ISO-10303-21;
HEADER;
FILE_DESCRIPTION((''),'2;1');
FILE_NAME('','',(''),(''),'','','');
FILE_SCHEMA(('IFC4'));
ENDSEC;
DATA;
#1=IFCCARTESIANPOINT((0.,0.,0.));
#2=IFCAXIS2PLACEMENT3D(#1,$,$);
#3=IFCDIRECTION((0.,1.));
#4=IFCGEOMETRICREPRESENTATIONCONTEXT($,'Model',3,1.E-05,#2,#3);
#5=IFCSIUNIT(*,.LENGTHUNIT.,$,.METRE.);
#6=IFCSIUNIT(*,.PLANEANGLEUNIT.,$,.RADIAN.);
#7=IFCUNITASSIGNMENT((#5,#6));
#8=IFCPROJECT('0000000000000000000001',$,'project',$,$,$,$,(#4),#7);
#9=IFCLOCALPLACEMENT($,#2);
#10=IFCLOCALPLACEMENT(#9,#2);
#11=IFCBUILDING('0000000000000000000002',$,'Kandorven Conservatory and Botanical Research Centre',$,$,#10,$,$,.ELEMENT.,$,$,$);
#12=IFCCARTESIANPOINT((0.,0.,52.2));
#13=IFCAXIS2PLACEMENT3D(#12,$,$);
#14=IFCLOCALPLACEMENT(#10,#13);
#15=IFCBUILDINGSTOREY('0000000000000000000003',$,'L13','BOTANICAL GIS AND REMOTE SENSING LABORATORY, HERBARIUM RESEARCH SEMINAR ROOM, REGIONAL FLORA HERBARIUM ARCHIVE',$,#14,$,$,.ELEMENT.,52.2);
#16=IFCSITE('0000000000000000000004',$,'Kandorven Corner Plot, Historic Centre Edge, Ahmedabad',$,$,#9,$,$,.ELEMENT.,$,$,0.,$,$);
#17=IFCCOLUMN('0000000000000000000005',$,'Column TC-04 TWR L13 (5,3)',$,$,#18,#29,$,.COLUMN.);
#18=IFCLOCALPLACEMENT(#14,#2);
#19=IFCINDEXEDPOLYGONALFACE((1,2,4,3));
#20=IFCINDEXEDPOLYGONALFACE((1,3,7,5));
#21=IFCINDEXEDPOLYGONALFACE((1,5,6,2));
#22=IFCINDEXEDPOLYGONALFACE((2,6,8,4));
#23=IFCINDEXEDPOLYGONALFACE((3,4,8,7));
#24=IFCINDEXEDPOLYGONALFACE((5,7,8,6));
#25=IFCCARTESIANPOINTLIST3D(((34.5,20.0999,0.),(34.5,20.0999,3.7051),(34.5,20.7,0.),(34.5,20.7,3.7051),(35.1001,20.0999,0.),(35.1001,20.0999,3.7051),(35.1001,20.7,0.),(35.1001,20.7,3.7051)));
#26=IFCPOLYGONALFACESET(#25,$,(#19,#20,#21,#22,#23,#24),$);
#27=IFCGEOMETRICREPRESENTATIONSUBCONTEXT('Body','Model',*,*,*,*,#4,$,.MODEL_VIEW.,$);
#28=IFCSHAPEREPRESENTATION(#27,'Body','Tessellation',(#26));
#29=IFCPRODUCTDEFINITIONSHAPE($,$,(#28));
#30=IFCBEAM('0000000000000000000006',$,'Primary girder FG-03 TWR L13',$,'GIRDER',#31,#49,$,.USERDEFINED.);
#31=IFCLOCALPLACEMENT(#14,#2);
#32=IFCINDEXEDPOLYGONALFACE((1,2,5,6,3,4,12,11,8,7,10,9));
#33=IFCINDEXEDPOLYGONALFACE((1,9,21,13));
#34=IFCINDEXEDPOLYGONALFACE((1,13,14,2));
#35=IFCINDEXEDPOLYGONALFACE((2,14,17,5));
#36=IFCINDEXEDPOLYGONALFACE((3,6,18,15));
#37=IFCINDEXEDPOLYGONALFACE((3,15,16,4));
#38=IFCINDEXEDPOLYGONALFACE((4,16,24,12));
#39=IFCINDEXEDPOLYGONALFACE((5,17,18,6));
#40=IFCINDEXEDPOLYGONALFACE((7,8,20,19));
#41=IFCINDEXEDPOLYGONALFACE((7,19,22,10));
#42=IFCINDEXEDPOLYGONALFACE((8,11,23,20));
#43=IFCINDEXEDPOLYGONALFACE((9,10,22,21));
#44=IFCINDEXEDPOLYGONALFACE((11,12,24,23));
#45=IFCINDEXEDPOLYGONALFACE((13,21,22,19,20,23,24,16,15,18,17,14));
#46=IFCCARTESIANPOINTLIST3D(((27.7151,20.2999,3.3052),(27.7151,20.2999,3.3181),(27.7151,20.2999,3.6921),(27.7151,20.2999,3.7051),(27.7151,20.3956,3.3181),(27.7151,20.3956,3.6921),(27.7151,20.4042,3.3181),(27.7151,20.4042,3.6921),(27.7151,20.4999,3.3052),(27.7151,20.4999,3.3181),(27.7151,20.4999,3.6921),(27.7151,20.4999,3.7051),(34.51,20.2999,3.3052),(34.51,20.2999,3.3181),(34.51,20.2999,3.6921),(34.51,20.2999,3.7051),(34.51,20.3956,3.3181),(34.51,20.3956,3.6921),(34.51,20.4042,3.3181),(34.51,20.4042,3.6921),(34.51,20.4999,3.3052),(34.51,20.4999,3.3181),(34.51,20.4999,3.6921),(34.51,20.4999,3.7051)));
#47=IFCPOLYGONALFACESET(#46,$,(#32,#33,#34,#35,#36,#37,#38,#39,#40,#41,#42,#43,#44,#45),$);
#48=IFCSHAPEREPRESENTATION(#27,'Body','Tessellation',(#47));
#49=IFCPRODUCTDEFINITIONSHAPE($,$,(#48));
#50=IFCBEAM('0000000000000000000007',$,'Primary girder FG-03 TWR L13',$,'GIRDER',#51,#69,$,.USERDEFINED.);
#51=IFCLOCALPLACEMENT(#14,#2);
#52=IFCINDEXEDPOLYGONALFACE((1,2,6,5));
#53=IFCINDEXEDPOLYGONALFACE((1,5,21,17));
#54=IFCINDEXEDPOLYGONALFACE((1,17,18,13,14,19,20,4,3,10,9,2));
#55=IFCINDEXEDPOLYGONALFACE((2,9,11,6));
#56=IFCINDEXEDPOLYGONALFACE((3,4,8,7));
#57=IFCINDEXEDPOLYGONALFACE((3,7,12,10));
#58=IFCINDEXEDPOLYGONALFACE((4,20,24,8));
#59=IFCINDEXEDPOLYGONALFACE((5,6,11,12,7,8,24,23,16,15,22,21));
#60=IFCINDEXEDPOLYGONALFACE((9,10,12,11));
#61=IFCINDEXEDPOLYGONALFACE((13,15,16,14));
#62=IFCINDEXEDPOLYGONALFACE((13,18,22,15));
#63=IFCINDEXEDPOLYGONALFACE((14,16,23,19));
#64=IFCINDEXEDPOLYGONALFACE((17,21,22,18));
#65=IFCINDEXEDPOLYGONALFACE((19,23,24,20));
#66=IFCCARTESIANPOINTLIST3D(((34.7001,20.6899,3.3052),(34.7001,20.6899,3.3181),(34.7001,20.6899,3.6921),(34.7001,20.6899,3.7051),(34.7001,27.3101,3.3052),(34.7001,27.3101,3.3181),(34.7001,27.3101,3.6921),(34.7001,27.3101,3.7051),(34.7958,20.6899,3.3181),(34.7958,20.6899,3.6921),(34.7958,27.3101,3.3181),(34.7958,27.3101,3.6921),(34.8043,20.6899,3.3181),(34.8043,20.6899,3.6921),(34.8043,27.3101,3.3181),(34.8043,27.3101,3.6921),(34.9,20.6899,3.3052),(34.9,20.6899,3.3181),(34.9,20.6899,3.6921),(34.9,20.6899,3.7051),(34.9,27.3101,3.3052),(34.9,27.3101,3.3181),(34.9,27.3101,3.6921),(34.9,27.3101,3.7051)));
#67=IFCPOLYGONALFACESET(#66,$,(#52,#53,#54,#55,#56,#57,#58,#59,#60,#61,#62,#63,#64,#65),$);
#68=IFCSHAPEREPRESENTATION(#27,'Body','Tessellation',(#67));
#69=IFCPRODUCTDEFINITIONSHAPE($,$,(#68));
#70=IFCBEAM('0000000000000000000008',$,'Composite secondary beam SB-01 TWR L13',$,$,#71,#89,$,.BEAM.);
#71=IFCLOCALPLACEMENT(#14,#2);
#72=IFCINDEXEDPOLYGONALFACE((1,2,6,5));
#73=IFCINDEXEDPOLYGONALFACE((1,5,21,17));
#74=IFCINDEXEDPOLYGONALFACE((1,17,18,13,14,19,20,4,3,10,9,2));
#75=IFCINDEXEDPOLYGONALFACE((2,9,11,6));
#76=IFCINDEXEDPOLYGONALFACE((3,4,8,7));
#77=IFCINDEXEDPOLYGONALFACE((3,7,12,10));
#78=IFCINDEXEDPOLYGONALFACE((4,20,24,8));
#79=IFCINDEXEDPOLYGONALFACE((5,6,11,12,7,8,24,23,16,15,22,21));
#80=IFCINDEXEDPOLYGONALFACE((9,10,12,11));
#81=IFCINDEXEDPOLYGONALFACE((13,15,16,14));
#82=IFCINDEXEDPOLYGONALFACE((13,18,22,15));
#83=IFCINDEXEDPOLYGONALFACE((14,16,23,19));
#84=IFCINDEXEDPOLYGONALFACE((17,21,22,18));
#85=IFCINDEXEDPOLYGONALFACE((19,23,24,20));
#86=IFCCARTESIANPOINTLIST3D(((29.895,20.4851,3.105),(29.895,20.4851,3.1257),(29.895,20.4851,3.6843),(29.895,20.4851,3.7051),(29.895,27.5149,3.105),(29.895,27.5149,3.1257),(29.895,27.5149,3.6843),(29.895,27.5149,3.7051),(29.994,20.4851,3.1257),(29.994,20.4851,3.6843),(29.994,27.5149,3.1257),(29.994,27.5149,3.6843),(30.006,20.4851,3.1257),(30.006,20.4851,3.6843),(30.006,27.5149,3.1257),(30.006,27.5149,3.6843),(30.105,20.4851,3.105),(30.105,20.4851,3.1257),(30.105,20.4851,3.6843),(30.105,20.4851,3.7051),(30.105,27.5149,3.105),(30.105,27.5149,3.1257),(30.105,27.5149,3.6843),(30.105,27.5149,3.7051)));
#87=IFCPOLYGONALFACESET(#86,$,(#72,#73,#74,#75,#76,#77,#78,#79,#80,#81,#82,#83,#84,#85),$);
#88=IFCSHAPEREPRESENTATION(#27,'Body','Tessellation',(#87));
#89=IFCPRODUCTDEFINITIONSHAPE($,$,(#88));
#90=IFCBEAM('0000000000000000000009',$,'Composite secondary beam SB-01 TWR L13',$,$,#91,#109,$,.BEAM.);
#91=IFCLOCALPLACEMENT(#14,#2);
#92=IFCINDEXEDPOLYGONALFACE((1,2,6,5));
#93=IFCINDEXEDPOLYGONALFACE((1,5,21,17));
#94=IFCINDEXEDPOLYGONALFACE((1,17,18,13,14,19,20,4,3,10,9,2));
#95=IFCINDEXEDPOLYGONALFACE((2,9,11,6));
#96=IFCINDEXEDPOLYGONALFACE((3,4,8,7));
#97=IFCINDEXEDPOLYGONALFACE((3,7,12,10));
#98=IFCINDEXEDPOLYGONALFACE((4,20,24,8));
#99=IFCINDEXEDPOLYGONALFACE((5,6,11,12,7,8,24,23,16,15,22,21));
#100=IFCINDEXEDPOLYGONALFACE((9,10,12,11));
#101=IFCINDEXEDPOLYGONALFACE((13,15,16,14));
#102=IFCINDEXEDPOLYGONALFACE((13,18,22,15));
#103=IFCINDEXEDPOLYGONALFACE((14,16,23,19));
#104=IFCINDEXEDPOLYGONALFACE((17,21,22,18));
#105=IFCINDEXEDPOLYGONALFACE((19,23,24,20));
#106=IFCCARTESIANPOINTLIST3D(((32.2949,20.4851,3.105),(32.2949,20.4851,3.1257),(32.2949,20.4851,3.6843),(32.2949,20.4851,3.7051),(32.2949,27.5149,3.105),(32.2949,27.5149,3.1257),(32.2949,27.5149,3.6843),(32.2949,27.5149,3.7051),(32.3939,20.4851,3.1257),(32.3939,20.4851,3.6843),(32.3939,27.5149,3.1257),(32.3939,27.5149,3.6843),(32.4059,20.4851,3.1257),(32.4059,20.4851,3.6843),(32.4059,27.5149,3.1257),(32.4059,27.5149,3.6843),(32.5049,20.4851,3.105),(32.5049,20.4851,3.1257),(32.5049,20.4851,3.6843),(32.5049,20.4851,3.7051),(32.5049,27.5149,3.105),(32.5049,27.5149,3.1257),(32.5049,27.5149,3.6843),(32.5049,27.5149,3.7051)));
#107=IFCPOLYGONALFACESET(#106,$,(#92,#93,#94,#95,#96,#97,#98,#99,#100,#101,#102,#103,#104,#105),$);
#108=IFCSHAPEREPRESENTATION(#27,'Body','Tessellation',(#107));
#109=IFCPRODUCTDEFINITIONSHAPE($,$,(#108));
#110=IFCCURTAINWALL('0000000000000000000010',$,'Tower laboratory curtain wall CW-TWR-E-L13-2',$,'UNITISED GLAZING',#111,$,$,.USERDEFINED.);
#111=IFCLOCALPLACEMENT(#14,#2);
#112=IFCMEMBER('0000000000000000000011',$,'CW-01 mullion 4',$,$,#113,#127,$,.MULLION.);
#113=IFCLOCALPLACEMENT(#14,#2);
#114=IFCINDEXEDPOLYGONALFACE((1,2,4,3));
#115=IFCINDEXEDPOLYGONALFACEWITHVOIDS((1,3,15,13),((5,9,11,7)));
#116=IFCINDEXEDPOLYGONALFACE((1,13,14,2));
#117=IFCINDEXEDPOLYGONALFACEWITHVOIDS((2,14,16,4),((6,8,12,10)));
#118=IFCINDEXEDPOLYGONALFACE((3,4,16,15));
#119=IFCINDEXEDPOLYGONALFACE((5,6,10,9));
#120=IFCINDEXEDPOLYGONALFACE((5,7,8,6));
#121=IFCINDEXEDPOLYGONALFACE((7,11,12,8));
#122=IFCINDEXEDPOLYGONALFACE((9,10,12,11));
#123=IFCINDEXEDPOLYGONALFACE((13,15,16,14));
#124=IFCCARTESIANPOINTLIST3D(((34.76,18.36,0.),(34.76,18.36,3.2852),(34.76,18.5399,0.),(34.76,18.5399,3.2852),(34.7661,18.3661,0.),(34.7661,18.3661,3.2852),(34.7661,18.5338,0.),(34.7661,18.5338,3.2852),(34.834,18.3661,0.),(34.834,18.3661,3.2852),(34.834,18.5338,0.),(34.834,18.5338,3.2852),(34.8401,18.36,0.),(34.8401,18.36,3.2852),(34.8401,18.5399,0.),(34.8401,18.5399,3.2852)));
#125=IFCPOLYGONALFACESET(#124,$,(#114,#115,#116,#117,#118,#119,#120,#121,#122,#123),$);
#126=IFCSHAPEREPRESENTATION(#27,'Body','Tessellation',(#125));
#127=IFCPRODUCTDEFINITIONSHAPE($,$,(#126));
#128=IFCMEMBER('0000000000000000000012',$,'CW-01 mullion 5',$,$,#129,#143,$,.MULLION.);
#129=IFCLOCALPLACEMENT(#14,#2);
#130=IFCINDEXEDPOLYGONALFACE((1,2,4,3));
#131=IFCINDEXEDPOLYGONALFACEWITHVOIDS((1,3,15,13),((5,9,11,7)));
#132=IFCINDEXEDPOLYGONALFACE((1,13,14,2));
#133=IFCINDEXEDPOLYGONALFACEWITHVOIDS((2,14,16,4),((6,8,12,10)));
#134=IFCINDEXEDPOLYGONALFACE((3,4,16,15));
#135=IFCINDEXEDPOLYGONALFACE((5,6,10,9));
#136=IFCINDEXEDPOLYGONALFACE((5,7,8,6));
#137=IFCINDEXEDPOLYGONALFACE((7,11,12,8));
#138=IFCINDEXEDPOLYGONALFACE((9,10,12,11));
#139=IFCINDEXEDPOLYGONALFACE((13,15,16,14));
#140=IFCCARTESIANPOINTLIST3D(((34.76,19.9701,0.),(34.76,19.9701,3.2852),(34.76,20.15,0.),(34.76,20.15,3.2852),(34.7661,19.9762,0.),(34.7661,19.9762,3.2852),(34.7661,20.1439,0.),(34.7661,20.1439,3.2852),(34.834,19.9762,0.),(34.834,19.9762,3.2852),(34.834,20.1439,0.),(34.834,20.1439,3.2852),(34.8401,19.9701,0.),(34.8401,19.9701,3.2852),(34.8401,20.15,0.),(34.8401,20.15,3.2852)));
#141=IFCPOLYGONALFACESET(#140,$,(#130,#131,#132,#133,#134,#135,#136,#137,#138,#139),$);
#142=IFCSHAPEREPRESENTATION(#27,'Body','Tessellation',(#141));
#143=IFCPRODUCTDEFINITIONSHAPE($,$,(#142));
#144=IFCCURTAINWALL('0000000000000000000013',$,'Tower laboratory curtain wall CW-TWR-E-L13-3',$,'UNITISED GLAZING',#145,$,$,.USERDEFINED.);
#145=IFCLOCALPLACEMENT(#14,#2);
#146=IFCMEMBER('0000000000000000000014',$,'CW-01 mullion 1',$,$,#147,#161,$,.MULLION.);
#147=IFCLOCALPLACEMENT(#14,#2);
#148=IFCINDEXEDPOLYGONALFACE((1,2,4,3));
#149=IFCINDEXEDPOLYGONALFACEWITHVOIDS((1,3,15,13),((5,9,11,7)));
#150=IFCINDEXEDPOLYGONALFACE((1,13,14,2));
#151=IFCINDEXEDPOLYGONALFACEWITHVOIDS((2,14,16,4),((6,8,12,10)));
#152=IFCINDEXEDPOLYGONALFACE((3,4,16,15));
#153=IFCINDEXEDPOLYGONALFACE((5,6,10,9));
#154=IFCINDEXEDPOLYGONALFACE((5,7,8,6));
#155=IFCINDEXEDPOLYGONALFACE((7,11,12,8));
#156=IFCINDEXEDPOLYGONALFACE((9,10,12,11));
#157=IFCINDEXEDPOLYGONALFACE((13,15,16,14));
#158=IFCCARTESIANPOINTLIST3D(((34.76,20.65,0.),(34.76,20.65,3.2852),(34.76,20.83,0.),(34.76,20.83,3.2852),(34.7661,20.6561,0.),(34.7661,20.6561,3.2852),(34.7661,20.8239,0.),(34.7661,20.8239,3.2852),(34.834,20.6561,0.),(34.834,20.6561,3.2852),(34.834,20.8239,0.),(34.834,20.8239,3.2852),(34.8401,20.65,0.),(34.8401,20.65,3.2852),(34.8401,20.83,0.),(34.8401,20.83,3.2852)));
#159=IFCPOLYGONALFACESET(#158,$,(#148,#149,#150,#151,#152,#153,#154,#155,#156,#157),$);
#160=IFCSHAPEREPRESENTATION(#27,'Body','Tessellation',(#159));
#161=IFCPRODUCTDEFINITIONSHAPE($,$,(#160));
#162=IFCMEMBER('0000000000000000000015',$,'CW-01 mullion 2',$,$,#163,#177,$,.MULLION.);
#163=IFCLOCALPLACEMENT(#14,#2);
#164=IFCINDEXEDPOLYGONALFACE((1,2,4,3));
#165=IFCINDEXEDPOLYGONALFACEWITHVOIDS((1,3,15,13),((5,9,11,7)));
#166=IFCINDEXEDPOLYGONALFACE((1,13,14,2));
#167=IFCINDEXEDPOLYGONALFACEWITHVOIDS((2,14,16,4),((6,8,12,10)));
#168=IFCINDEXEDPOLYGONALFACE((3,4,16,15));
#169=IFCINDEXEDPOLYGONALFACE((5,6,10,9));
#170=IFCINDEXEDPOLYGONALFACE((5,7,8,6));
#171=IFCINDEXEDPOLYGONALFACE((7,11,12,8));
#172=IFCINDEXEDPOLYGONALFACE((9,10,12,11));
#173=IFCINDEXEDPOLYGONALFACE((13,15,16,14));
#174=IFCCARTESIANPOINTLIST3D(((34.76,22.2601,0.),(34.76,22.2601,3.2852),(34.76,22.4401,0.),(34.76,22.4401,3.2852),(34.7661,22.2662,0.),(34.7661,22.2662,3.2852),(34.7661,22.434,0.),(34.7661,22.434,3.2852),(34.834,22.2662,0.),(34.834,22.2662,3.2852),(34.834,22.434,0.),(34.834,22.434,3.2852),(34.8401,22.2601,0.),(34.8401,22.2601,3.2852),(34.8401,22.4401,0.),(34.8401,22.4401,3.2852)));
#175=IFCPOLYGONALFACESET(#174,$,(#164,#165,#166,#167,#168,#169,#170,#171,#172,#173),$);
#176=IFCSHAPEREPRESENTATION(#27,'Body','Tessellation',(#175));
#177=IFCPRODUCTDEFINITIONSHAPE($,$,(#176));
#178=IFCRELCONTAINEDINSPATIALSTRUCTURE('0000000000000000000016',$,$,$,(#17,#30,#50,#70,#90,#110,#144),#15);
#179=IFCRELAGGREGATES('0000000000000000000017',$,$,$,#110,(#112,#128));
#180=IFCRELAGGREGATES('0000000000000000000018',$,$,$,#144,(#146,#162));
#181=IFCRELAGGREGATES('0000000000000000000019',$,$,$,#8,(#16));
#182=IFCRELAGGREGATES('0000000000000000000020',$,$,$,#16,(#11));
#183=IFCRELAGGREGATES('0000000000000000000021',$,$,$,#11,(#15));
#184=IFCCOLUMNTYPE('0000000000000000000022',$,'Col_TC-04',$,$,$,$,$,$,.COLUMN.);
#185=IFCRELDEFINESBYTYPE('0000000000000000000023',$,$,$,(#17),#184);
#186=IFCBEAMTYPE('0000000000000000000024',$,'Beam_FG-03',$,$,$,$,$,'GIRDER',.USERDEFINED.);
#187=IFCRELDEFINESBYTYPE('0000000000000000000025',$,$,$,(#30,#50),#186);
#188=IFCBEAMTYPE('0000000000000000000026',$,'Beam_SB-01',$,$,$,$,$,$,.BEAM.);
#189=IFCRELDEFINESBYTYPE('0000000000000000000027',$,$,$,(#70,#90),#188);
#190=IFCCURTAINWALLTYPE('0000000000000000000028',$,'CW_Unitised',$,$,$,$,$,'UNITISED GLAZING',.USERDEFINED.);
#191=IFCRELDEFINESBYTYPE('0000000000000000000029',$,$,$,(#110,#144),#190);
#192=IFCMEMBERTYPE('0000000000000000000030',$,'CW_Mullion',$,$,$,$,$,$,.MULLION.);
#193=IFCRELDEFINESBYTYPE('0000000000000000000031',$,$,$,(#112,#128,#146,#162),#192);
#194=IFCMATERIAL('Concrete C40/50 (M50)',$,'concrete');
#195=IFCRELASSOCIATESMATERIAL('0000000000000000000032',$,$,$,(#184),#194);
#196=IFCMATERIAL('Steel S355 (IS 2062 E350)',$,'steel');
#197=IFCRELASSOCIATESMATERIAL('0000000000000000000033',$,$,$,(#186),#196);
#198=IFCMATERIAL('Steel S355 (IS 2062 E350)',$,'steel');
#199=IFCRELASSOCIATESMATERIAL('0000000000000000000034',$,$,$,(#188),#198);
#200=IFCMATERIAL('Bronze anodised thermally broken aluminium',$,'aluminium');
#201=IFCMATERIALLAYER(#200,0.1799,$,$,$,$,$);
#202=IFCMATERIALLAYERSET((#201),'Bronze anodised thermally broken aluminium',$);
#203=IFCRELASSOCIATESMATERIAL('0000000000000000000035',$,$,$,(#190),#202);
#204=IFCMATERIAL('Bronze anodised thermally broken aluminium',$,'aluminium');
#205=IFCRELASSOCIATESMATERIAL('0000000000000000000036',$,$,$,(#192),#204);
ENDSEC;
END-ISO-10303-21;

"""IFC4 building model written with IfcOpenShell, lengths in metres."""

from ifc_helpers import new_model, si_unit, direction, frame, origin, origin_2d, place, context, subcontext, project, spatial, rectangle, hollow_rectangle, i_section, extrude, material, layer, layer_set, material_profile, profile_set, type_object, element, aggregate, save


model = new_model("IFC4")

# Units and contexts
model_context = context("Model", 3, precision=1e-05, world=origin(), true_north=direction((0.0, 1.0)))
body_context = subcontext(model_context, "Body", "Model", "MODEL_VIEW")
ifc_project = project(units=[si_unit("LENGTHUNIT", "METRE"), si_unit("PLANEANGLEUNIT", "RADIAN")], contexts=[model_context])

# Site, building, storey
site_placement = place(None, origin())
site = spatial("IfcSite", under=ifc_project, at=site_placement, Name="Kandorven Corner Plot, Historic Centre Edge, Ahmedabad", CompositionType="ELEMENT", RefElevation=0.0)
building_placement = place(site_placement, origin())
building = spatial("IfcBuilding", under=site, at=building_placement, Name="Kandorven Conservatory and Botanical Research Centre", CompositionType="ELEMENT")
storey_placement = place(building_placement, frame((0.0, 0.0, 52.2)))
storey = spatial("IfcBuildingStorey", under=building, at=storey_placement, Name="L13", Description="BOTANICAL GIS AND REMOTE SENSING LABORATORY, HERBARIUM RESEARCH SEMINAR ROOM, REGIONAL FLORA HERBARIUM ARCHIVE", CompositionType="ELEMENT", Elevation=52.2)

# Column
ifc_material_1 = material(Name="Concrete C40/50 (M50)", Category="concrete")
ifc_material_profile_1 = material_profile(ifc_material_1, rectangle(XDim=0.6001, YDim=0.6001, at=origin_2d()))
ifc_profile_set_1 = profile_set([ifc_material_profile_1], Name="Concrete C40/50 (M50)")
column_type = type_object("IfcColumnType", Name="Col_TC-04", PredefinedType="COLUMN", material=ifc_profile_set_1)
column_placement = place(storey_placement, frame((34.8, 20.3999, 0.0), z_axis=(0.0, 0.0, 1.0), x_axis=(1.0, 0.0, 0.0)))
element("IfcColumn", 1, at=column_placement, inside=storey, type_object=column_type, Name="Column TC-04 TWR L13 (5,3)", PredefinedType="COLUMN", context=body_context, shape_type="SweptSolid", body=[
    extrude(rectangle(XDim=0.6001, YDim=0.6001, at=origin_2d()), origin(), (0.0, 0.0, 1.0), 3.7051),
])

# Beams
ifc_material_2 = material(Name="Steel S355 (IS 2062 E350)", Category="steel")
ifc_material_profile_2 = material_profile(ifc_material_2, i_section(OverallWidth=0.2, OverallDepth=0.3999, WebThickness=0.0085, FlangeThickness=0.0129, at=origin_2d()))
ifc_profile_set_2 = profile_set([ifc_material_profile_2], Name="Steel S355 (IS 2062 E350)")
beam_type_1 = type_object("IfcBeamType", Name="Beam_FG-03", ElementType="GIRDER", PredefinedType="USERDEFINED", material=ifc_profile_set_2)
beam_1_placement = place(storey_placement, frame((27.7151, 20.3999, 3.5051), z_axis=(1.0, 0.0, 0.0), x_axis=(0.0, 1.0, 0.0)))
element("IfcBeam", 2, at=beam_1_placement, inside=storey, type_object=beam_type_1, Name="Primary girder FG-03 TWR L13", ObjectType="GIRDER", PredefinedType="USERDEFINED", context=body_context, shape_type="SweptSolid", body=[
    extrude(i_section(OverallWidth=0.2, OverallDepth=0.3999, WebThickness=0.0085, FlangeThickness=0.0129, at=origin_2d()), origin(), (0.0, 0.0, 1.0), 6.7949),
])
beam_2_placement = place(storey_placement, frame((34.8, 20.6899, 3.5051), z_axis=(0.0, 1.0, 0.0), x_axis=(-1.0, 0.0, 0.0)))
element("IfcBeam", 3, at=beam_2_placement, inside=storey, type_object=beam_type_1, Name="Primary girder FG-03 TWR L13", ObjectType="GIRDER", PredefinedType="USERDEFINED", context=body_context, shape_type="SweptSolid", body=[
    extrude(i_section(OverallWidth=0.2, OverallDepth=0.3999, WebThickness=0.0085, FlangeThickness=0.0129, at=origin_2d()), origin(), (0.0, 0.0, 1.0), 6.6201),
])
ifc_material_3 = material(Name="Steel S355 (IS 2062 E350)", Category="steel")
ifc_material_profile_3 = material_profile(ifc_material_3, i_section(OverallWidth=0.21, OverallDepth=0.6001, WebThickness=0.012, FlangeThickness=0.0208, at=origin_2d()))
ifc_profile_set_3 = profile_set([ifc_material_profile_3], Name="Steel S355 (IS 2062 E350)")
beam_type_2 = type_object("IfcBeamType", Name="Beam_SB-01", PredefinedType="BEAM", material=ifc_profile_set_3)
for number, where, z_axis, x_axis, name in (
    (4, (30.0, 20.4851, 3.405), (0.0, 1.0, 0.0), (-1.0, 0.0, 0.0), "Composite secondary beam SB-01 TWR L13"),
    (5, (32.3999, 20.4851, 3.405), (0.0, 1.0, 0.0), (-1.0, 0.0, 0.0), "Composite secondary beam SB-01 TWR L13"),
):
    element("IfcBeam", number, at=place(storey_placement, frame(where, z_axis=z_axis, x_axis=x_axis)), inside=storey, type_object=beam_type_2, Name=name, PredefinedType="BEAM", context=body_context, shape_type="SweptSolid", body=[
        extrude(i_section(OverallWidth=0.21, OverallDepth=0.6001, WebThickness=0.012, FlangeThickness=0.0208, at=origin_2d()), origin(), (0.0, 0.0, 1.0), 7.0298),
    ])

# Curtain walls, members
ifc_material_4 = material(Name="Bronze anodised thermally broken aluminium", Category="aluminium")
ifc_layer_1 = layer(ifc_material_4, 0.1799)
ifc_layer_set_1 = layer_set([ifc_layer_1], Name="Bronze anodised thermally broken aluminium")
curtain_wall_type = type_object("IfcCurtainWallType", Name="CW_Unitised", ElementType="UNITISED GLAZING", PredefinedType="USERDEFINED", material=ifc_layer_set_1)
curtain_wall_1_placement = place(storey_placement, origin())
curtain_wall_1 = element("IfcCurtainWall", 6, at=curtain_wall_1_placement, inside=storey, type_object=curtain_wall_type, Name="Tower laboratory curtain wall CW-TWR-E-L13-2", ObjectType="UNITISED GLAZING", PredefinedType="USERDEFINED")
ifc_material_5 = material(Name="Bronze anodised thermally broken aluminium", Category="aluminium")
ifc_material_profile_4 = material_profile(ifc_material_5, hollow_rectangle(XDim=0.0801, YDim=0.1799, WallThickness=0.0061, at=origin_2d()))
ifc_profile_set_4 = profile_set([ifc_material_profile_4], Name="Bronze anodised thermally broken aluminium")
member_type_1 = type_object("IfcMemberType", Name="CW_Mullion", PredefinedType="MULLION", material=ifc_profile_set_4)
member_1_placement = place(storey_placement, frame((34.8, 18.45, 0.0), z_axis=(0.0, 0.0, 1.0), x_axis=(-1.0, 0.0, 0.0)))
member_1 = element("IfcMember", 7, at=member_1_placement, type_object=member_type_1, Name="CW-01 mullion 4", PredefinedType="MULLION", context=body_context, shape_type="SweptSolid", body=[
    extrude(hollow_rectangle(XDim=0.0801, YDim=0.1799, WallThickness=0.0061, at=origin_2d()), origin(), (0.0, 0.0, 1.0), 3.2852),
])
member_2_placement = place(storey_placement, frame((34.8, 20.0601, 0.0), z_axis=(0.0, 0.0, 1.0), x_axis=(-1.0, 0.0, 0.0)))
member_2 = element("IfcMember", 8, at=member_2_placement, type_object=member_type_1, Name="CW-01 mullion 5", PredefinedType="MULLION", context=body_context, shape_type="SweptSolid", body=[
    extrude(hollow_rectangle(XDim=0.0801, YDim=0.1799, WallThickness=0.0061, at=origin_2d()), origin(), (0.0, 0.0, 1.0), 3.2852),
])
curtain_wall_2_placement = place(storey_placement, origin())
curtain_wall_2 = element("IfcCurtainWall", 9, at=curtain_wall_2_placement, inside=storey, type_object=curtain_wall_type, Name="Tower laboratory curtain wall CW-TWR-E-L13-3", ObjectType="UNITISED GLAZING", PredefinedType="USERDEFINED")
member_3_placement = place(storey_placement, frame((34.8, 20.74, 0.0), z_axis=(0.0, 0.0, 1.0), x_axis=(-1.0, 0.0, 0.0)))
member_3 = element("IfcMember", 10, at=member_3_placement, type_object=member_type_1, Name="CW-01 mullion 1", PredefinedType="MULLION", context=body_context, shape_type="SweptSolid", body=[
    extrude(hollow_rectangle(XDim=0.0801, YDim=0.1799, WallThickness=0.0061, at=origin_2d()), origin(), (0.0, 0.0, 1.0), 3.2852),
])
member_4_placement = place(storey_placement, frame((34.8, 22.3501, 0.0), z_axis=(0.0, 0.0, 1.0), x_axis=(-1.0, 0.0, 0.0)))
member_4 = element("IfcMember", 11, at=member_4_placement, type_object=member_type_1, Name="CW-01 mullion 2", PredefinedType="MULLION", context=body_context, shape_type="SweptSolid", body=[
    extrude(hollow_rectangle(XDim=0.0801, YDim=0.1799, WallThickness=0.0061, at=origin_2d()), origin(), (0.0, 0.0, 1.0), 3.2852),
])

aggregate(curtain_wall_1, [member_1, member_2])
aggregate(curtain_wall_2, [member_3, member_4])

save(model, "model.ifc")
